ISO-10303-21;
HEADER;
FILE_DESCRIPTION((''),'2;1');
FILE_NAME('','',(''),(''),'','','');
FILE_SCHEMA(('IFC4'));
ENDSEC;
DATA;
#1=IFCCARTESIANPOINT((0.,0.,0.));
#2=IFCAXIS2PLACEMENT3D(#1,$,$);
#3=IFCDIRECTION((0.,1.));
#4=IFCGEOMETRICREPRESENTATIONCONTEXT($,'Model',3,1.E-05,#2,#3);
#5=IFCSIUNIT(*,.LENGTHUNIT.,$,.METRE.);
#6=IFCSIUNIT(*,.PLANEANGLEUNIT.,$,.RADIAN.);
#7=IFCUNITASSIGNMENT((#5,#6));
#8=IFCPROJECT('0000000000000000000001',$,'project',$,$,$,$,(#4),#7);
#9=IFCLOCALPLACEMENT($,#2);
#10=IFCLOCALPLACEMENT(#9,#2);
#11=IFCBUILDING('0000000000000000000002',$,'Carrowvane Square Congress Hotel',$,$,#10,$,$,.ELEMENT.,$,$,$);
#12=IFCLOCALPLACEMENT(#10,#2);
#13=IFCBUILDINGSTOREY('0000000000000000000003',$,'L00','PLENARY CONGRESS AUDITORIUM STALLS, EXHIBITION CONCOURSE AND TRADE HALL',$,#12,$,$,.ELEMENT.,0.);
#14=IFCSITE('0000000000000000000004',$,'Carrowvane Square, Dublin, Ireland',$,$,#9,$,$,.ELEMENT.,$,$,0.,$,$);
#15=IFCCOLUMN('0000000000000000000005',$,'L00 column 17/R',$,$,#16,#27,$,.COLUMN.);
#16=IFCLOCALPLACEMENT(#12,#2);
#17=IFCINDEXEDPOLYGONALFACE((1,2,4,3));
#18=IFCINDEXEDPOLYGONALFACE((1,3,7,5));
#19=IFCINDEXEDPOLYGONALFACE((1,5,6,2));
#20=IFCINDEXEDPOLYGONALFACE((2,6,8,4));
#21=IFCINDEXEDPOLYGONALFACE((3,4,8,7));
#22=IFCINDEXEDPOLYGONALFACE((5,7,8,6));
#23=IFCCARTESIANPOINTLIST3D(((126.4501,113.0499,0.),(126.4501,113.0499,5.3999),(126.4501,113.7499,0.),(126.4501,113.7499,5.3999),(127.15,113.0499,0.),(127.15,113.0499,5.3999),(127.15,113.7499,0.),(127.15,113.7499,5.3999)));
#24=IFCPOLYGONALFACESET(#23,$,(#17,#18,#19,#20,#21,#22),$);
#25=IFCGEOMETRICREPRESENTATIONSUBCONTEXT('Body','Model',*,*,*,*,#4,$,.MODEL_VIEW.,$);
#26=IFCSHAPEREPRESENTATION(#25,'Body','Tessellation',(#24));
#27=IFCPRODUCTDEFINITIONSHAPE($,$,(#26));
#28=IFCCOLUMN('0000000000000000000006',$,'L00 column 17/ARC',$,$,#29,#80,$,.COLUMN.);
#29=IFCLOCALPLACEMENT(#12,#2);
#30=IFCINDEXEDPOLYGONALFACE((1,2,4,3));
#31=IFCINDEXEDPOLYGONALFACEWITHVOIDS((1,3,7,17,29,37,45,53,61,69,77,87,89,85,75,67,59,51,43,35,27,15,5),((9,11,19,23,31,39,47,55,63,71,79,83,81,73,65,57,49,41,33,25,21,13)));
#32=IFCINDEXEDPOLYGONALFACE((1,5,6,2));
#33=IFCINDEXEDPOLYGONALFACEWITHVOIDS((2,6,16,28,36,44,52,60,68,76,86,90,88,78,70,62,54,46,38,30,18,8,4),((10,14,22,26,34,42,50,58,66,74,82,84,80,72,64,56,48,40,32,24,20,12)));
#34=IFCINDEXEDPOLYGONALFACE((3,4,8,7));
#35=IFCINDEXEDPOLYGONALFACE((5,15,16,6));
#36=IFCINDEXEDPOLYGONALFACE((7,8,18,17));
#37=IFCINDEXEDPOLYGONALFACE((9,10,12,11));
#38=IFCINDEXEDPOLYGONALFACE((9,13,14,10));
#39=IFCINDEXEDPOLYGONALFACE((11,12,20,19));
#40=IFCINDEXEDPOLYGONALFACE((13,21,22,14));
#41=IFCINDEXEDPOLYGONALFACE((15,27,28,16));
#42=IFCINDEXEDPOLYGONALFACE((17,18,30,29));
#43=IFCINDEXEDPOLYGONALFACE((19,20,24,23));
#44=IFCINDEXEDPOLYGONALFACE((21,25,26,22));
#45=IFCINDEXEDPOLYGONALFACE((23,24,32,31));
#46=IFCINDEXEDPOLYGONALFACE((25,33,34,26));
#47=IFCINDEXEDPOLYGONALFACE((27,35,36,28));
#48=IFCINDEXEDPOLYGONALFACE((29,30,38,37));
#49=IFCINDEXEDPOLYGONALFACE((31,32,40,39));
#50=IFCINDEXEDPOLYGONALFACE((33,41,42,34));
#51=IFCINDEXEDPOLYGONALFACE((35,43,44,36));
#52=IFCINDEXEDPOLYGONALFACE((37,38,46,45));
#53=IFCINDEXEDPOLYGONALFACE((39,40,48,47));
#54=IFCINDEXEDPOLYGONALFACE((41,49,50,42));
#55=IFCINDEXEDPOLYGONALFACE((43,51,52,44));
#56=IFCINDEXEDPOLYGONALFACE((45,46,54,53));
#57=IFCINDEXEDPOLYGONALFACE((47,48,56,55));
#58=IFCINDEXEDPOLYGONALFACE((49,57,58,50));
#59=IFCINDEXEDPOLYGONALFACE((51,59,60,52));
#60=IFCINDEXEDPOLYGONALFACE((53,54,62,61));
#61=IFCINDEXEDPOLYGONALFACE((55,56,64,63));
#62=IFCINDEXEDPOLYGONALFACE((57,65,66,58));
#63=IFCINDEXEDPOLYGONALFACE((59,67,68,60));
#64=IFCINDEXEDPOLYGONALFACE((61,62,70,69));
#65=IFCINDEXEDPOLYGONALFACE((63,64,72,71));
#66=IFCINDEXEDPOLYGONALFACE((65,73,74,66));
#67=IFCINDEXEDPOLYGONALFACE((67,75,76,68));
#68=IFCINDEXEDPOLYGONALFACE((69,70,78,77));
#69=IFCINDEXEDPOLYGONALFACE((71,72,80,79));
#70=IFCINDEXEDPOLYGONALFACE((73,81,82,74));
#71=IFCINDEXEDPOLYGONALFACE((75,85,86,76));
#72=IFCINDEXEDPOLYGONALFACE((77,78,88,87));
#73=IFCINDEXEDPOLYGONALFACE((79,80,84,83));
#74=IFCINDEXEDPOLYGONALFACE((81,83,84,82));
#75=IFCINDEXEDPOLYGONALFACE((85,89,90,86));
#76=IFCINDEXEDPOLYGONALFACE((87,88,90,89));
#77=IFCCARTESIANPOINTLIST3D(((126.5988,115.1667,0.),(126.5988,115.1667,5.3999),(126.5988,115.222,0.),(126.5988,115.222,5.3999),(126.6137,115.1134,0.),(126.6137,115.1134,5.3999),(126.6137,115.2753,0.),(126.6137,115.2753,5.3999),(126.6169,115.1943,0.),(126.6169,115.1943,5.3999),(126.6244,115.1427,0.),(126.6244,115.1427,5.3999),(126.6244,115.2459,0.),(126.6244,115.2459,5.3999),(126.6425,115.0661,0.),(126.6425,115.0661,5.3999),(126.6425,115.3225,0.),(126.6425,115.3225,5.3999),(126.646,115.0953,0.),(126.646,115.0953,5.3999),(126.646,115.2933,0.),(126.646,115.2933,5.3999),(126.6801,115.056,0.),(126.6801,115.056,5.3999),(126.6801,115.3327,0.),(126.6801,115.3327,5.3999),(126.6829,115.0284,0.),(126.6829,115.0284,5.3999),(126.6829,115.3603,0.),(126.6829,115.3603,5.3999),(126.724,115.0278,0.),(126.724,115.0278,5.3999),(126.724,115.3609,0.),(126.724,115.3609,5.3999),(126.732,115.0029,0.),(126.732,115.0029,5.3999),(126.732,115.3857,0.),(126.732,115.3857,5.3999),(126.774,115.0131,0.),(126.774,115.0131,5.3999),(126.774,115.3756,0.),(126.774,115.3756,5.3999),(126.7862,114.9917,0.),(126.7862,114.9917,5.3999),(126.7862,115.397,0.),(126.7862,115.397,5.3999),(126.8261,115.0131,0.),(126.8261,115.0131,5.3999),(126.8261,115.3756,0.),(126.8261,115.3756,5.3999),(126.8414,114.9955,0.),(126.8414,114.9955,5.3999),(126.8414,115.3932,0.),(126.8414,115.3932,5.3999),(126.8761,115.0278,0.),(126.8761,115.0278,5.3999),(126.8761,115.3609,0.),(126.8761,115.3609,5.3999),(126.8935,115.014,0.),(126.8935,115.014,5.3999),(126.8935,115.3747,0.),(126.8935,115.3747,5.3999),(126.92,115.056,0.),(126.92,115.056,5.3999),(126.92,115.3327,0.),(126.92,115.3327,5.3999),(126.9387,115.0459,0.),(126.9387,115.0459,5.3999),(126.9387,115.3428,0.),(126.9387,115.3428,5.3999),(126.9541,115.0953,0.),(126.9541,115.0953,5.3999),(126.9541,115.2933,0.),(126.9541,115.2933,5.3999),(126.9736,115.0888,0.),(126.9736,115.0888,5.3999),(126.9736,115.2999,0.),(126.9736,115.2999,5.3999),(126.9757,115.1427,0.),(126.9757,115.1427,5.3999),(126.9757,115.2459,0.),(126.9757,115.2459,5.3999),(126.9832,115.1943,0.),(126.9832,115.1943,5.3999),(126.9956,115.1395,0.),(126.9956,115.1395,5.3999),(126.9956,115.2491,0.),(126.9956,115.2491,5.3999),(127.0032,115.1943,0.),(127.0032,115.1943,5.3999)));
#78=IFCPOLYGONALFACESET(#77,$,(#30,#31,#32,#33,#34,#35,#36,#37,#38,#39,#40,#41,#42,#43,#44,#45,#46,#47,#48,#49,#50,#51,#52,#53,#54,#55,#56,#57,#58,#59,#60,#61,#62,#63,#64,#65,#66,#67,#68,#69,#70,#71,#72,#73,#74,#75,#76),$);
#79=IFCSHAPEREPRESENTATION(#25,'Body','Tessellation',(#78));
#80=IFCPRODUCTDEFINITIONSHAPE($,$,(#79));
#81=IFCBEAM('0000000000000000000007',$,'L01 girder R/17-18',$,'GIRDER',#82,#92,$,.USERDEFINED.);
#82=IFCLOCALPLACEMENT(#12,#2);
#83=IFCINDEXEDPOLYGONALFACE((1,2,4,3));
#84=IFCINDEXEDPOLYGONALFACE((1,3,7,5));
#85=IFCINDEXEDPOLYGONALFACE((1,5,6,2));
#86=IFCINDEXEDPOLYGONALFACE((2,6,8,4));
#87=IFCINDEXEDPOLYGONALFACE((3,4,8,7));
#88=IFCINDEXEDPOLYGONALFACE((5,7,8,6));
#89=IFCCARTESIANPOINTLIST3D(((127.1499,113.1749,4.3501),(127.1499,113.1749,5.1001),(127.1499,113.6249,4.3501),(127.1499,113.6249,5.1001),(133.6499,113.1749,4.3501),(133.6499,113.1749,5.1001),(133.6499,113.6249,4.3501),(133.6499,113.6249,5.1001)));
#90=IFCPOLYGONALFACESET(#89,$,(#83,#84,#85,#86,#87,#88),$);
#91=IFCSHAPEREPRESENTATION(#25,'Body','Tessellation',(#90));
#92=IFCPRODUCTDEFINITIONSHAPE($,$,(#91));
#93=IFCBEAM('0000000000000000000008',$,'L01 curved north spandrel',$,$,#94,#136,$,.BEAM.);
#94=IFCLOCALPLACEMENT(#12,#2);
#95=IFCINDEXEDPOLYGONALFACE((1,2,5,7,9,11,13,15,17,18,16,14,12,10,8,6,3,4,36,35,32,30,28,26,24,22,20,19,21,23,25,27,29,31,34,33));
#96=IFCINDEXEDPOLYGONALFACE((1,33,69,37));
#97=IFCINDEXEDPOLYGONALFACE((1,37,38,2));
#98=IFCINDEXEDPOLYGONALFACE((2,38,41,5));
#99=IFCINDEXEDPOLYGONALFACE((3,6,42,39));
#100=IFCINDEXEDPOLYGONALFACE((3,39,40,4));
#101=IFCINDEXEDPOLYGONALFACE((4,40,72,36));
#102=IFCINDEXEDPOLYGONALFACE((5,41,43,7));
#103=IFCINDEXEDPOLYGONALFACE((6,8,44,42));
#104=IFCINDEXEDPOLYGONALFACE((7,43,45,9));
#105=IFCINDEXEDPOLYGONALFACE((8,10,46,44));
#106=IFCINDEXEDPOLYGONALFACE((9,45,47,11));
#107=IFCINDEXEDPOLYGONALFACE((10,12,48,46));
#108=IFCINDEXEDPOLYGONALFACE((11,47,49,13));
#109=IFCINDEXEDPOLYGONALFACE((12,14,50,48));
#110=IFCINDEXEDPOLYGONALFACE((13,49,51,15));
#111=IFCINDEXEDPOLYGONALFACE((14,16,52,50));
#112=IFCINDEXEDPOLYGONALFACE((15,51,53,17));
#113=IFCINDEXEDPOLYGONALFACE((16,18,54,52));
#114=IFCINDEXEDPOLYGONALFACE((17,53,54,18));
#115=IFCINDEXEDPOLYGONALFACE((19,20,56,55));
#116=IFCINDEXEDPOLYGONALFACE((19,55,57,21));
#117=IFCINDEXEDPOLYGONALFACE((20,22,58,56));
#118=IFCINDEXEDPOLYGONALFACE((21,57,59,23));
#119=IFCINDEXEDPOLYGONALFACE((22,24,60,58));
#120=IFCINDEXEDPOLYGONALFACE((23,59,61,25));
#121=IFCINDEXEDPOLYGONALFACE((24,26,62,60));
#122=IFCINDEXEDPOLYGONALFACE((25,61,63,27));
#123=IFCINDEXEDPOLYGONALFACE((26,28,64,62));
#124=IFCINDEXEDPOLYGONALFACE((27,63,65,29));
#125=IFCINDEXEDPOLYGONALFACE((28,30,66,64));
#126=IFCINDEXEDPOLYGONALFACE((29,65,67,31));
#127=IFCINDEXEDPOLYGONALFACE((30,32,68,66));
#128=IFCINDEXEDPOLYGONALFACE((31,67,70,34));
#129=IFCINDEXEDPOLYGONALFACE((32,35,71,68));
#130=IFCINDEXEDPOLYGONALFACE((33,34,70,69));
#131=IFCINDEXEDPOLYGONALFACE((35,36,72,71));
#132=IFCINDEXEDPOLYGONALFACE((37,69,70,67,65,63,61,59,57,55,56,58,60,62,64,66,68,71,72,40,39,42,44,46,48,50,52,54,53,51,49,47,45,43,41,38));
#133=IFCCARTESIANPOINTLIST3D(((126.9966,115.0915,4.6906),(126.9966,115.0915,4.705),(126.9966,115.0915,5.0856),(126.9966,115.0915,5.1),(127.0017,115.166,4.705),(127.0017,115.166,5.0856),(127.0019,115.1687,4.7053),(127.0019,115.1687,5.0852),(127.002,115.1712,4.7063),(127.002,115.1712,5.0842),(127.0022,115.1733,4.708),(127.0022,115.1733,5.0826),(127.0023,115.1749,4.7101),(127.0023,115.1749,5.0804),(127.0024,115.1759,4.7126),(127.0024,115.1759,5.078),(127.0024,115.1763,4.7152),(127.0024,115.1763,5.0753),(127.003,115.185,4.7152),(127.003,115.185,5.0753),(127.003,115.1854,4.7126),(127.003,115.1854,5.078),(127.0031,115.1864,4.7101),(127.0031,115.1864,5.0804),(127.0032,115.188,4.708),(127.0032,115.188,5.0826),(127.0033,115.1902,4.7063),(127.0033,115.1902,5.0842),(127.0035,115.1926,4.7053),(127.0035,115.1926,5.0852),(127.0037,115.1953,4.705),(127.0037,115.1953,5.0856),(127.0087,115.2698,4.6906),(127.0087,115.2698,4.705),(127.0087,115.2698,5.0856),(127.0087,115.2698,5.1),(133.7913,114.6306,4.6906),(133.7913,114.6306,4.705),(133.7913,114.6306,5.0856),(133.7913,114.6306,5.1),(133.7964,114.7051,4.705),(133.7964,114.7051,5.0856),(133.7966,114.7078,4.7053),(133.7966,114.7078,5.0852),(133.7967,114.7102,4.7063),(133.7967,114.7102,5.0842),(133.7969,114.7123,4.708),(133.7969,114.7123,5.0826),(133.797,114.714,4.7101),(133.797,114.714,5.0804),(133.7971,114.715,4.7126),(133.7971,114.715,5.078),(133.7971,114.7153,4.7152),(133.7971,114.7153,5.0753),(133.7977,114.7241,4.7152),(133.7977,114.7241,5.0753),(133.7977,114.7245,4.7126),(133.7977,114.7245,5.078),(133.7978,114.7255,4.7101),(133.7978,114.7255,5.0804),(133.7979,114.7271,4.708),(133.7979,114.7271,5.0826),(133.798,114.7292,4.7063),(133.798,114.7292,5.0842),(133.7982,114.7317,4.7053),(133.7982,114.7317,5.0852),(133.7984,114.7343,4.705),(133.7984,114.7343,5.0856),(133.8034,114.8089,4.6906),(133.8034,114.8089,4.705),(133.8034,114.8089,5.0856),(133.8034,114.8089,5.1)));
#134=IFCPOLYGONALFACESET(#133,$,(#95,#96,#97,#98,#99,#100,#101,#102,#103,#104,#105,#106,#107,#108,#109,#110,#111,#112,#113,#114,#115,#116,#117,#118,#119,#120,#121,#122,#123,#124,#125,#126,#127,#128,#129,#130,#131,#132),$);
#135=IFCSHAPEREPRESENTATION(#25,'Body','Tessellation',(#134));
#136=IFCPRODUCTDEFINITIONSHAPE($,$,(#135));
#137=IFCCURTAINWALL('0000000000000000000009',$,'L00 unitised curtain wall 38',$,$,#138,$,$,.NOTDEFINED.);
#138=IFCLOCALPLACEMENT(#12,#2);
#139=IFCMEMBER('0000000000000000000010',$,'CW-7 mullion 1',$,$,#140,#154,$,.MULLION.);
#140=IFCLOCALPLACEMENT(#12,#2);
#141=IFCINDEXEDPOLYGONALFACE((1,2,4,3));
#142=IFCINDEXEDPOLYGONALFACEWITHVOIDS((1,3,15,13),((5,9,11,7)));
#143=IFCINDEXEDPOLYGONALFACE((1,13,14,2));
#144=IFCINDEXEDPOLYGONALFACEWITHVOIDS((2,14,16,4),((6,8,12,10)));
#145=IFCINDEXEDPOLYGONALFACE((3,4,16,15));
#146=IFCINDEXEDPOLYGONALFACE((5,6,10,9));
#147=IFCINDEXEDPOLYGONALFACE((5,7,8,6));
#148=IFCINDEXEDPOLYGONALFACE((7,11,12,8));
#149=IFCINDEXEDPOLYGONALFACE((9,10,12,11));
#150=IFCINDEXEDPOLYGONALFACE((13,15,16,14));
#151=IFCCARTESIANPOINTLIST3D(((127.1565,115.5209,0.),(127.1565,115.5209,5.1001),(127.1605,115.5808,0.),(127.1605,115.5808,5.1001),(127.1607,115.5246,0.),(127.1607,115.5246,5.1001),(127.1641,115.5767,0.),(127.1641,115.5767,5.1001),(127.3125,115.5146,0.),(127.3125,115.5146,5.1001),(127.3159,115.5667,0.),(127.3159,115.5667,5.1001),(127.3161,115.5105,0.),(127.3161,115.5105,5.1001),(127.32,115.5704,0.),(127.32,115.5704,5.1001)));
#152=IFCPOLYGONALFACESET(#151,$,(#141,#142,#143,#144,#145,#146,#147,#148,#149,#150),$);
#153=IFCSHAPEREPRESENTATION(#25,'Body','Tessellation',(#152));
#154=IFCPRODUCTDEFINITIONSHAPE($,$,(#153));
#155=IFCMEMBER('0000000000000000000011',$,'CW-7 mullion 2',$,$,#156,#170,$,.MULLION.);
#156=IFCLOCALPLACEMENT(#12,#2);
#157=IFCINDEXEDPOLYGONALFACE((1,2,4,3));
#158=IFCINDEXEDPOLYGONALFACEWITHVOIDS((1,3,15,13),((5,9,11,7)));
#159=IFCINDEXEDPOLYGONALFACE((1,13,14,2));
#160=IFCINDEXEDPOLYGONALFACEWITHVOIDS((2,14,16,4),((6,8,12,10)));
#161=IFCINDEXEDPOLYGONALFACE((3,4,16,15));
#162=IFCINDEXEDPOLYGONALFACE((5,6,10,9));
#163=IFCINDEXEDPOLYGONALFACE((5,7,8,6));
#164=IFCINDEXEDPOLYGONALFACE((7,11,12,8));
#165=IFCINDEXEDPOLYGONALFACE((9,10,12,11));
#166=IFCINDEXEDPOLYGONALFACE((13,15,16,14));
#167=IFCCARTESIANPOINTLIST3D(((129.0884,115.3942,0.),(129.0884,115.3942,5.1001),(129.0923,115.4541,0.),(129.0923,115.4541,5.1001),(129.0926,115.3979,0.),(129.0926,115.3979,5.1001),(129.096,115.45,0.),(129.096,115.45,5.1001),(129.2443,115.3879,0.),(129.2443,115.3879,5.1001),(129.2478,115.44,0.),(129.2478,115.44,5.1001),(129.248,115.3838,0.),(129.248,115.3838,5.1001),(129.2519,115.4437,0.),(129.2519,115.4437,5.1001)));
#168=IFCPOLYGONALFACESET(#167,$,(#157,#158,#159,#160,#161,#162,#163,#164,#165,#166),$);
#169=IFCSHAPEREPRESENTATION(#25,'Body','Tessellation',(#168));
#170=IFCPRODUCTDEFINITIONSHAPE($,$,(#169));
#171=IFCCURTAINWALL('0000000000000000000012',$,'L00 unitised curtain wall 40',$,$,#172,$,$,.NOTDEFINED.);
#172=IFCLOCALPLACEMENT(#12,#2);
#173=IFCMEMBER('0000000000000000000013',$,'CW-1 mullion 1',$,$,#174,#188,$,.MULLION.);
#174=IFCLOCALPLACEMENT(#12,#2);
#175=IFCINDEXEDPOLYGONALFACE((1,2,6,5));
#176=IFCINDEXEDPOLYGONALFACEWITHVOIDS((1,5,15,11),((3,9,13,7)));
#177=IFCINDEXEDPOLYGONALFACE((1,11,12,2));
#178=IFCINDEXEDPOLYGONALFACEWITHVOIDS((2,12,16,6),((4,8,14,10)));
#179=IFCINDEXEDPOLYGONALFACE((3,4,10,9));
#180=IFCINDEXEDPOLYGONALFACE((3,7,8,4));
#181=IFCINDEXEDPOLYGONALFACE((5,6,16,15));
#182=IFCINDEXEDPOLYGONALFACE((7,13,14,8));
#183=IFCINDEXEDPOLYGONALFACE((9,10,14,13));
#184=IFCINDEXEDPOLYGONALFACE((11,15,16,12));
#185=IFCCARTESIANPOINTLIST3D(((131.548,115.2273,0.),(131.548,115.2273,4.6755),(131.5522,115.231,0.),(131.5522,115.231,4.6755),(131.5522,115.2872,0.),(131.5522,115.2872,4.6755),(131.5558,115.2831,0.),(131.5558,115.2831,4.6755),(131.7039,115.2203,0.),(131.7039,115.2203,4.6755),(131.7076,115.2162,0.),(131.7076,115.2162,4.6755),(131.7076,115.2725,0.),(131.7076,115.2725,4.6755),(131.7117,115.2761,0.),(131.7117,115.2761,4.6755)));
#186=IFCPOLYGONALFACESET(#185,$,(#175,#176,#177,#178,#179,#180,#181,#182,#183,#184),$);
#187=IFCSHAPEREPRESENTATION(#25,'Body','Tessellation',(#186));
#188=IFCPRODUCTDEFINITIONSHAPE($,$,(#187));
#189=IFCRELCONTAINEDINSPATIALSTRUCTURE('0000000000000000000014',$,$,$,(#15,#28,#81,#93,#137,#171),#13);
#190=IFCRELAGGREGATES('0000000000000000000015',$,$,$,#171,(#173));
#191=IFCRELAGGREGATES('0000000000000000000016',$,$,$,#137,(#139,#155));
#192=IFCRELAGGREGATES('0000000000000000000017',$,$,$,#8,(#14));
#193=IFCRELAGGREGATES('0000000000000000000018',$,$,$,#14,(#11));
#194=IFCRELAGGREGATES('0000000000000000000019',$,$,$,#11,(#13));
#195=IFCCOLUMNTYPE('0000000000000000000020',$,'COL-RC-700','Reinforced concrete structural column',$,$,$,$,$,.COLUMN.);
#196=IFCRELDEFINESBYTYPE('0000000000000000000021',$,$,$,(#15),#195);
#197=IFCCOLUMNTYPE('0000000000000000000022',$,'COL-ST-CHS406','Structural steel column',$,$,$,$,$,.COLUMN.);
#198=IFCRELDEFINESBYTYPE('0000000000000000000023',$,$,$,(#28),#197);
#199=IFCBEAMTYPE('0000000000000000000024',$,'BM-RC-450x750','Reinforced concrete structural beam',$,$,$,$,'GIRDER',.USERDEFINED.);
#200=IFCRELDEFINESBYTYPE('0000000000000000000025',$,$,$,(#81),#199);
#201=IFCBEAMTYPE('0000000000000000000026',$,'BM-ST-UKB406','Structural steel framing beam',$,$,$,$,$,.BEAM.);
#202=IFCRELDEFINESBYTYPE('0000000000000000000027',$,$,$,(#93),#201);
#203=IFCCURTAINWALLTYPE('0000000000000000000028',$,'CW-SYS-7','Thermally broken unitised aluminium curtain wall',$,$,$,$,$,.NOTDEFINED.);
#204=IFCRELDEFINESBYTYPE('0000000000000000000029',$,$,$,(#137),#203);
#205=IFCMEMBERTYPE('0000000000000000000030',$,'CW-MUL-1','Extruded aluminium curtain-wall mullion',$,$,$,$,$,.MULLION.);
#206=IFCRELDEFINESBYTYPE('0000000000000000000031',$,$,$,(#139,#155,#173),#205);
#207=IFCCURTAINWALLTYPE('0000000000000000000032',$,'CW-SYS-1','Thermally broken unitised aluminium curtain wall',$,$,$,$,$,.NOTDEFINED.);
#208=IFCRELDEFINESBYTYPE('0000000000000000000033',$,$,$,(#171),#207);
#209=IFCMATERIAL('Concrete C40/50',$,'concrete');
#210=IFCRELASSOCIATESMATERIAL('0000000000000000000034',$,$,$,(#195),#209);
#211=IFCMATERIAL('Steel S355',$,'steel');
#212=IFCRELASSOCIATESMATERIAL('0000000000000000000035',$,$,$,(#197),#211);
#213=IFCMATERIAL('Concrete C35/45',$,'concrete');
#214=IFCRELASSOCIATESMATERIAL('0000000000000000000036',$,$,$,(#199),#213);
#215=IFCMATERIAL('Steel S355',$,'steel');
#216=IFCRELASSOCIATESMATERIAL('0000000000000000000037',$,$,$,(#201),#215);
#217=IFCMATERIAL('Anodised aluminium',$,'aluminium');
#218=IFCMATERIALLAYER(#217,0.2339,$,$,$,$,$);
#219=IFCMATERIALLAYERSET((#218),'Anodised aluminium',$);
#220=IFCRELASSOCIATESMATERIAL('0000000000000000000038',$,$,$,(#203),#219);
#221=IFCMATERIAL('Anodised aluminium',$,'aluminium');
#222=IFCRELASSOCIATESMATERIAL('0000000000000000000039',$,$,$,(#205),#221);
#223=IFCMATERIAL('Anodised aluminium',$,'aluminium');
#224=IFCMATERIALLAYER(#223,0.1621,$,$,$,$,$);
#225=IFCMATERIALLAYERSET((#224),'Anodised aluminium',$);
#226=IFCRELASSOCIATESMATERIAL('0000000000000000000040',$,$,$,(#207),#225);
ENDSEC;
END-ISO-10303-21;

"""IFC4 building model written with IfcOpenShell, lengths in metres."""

from ifc_helpers import new_model, si_unit, direction, frame, origin, origin_2d, place, context, subcontext, project, spatial, rectangle, hollow_rectangle, hollow_circle, i_section, extrude, material, layer, layer_set, material_profile, profile_set, type_object, element, aggregate, save


model = new_model("IFC4")

# Units and contexts
model_context = context("Model", 3, precision=1e-05, world=origin(), true_north=direction((0.0, 1.0)))
body_context = subcontext(model_context, "Body", "Model", "MODEL_VIEW")
ifc_project = project(units=[si_unit("LENGTHUNIT", "METRE"), si_unit("PLANEANGLEUNIT", "RADIAN")], contexts=[model_context])

# Site, building, storey
site_placement = place(None, origin())
site = spatial("IfcSite", under=ifc_project, at=site_placement, Name="Carrowvane Square, Dublin, Ireland", CompositionType="ELEMENT", RefElevation=0.0)
building_placement = place(site_placement, origin())
building = spatial("IfcBuilding", under=site, at=building_placement, Name="Carrowvane Square Congress Hotel", CompositionType="ELEMENT")
storey_placement = place(building_placement, origin())
storey = spatial("IfcBuildingStorey", under=building, at=storey_placement, Name="L00", Description="PLENARY CONGRESS AUDITORIUM STALLS, EXHIBITION CONCOURSE AND TRADE HALL", CompositionType="ELEMENT", Elevation=0.0)

# Columns
ifc_material_1 = material(Name="Concrete C40/50", Category="concrete")
ifc_material_profile_1 = material_profile(ifc_material_1, rectangle(XDim=0.7, YDim=0.7, at=origin_2d()), Name="RC 700x700")
ifc_profile_set_1 = profile_set([ifc_material_profile_1], Name="Concrete C40/50")
column_type_1 = type_object("IfcColumnType", Name="COL-RC-700", Description="Reinforced concrete structural column", PredefinedType="COLUMN", material=ifc_profile_set_1)
column_1_placement = place(storey_placement, frame((126.8, 113.3999, 0.0), z_axis=(0.0, 0.0, 1.0), x_axis=(1.0, 0.0, 0.0)))
element("IfcColumn", 1, at=column_1_placement, inside=storey, type_object=column_type_1, Name="L00 column 17/R", PredefinedType="COLUMN", context=body_context, shape_type="SweptSolid", body=[
    extrude(rectangle(XDim=0.7, YDim=0.7, at=origin_2d()), origin(), (0.0, 0.0, 1.0), 5.3999),
])
ifc_material_2 = material(Name="Steel S355", Category="steel")
ifc_material_profile_2 = material_profile(ifc_material_2, hollow_circle(Radius=0.2031, WallThickness=0.02, at=origin_2d()), Name="CHS 406.4x20")
ifc_profile_set_2 = profile_set([ifc_material_profile_2], Name="Steel S355")
column_type_2 = type_object("IfcColumnType", Name="COL-ST-CHS406", Description="Structural steel column", PredefinedType="COLUMN", material=ifc_profile_set_2)
column_2_placement = place(storey_placement, frame((126.8, 115.1943, 0.0), z_axis=(0.0, 0.0, 1.0), x_axis=(1.0, 0.0, 0.0)))
element("IfcColumn", 2, at=column_2_placement, inside=storey, type_object=column_type_2, Name="L00 column 17/ARC", PredefinedType="COLUMN", context=body_context, shape_type="SweptSolid", body=[
    extrude(hollow_circle(Radius=0.2031, WallThickness=0.02, at=origin_2d()), origin(), (0.0, 0.0, 1.0), 5.3999),
])

# Beams
ifc_material_3 = material(Name="Concrete C35/45", Category="concrete")
ifc_material_profile_3 = material_profile(ifc_material_3, rectangle(XDim=0.45, YDim=0.75, at=origin_2d()), Name="RC 450x750")
ifc_profile_set_3 = profile_set([ifc_material_profile_3], Name="Concrete C35/45")
beam_type_1 = type_object("IfcBeamType", Name="BM-RC-450x750", Description="Reinforced concrete structural beam", ElementType="GIRDER", PredefinedType="USERDEFINED", material=ifc_profile_set_3)
beam_1_placement = place(storey_placement, frame((127.1499, 113.3999, 4.7251), z_axis=(1.0, 0.0, 0.0), x_axis=(0.0, 1.0, 0.0)))
element("IfcBeam", 3, at=beam_1_placement, inside=storey, type_object=beam_type_1, Name="L01 girder R/17-18", ObjectType="GIRDER", PredefinedType="USERDEFINED", context=body_context, shape_type="SweptSolid", body=[
    extrude(rectangle(XDim=0.45, YDim=0.75, at=origin_2d()), origin(), (0.0, 0.0, 1.0), 6.5),
])
ifc_material_4 = material(Name="Steel S355", Category="steel")
ifc_material_profile_4 = material_profile(ifc_material_4, i_section(OverallWidth=0.1787, OverallDepth=0.4094, WebThickness=0.0088, FlangeThickness=0.0144, FilletRadius=0.0103, at=origin_2d()), Name="UKB 406x178x67")
ifc_profile_set_4 = profile_set([ifc_material_profile_4], Name="Steel S355")
beam_type_2 = type_object("IfcBeamType", Name="BM-ST-UKB406", Description="Structural steel framing beam", PredefinedType="BEAM", material=ifc_profile_set_4)
beam_2_placement = place(storey_placement, frame((127.0027, 115.1807, 4.8953), z_axis=(0.997707, -0.067682, 0.0), x_axis=(0.067682, 0.997707, 0.0)))
element("IfcBeam", 4, at=beam_2_placement, inside=storey, type_object=beam_type_2, Name="L01 curved north spandrel", PredefinedType="BEAM", context=body_context, shape_type="SweptSolid", body=[
    extrude(i_section(OverallWidth=0.1787, OverallDepth=0.4094, WebThickness=0.0088, FlangeThickness=0.0144, FilletRadius=0.0103, at=origin_2d()), origin(), (0.0, 0.0, 1.0), 6.8103),
])

# Curtain wall, members
ifc_material_5 = material(Name="Anodised aluminium", Category="aluminium")
ifc_layer_1 = layer(ifc_material_5, 0.2339)
ifc_layer_set_1 = layer_set([ifc_layer_1], Name="Anodised aluminium")
curtain_wall_type_1 = type_object("IfcCurtainWallType", Name="CW-SYS-7", Description="Thermally broken unitised aluminium curtain wall", PredefinedType="NOTDEFINED", material=ifc_layer_set_1)
curtain_wall_1_placement = place(storey_placement, origin())
curtain_wall_1 = element("IfcCurtainWall", 5, at=curtain_wall_1_placement, inside=storey, type_object=curtain_wall_type_1, Name="L00 unitised curtain wall 38", PredefinedType="NOTDEFINED")
ifc_material_6 = material(Name="Anodised aluminium", Category="aluminium")
ifc_material_profile_5 = material_profile(ifc_material_6, hollow_rectangle(XDim=0.0601, YDim=0.1599, WallThickness=0.0039, at=origin_2d()), Name="CW-ML 60x160x4")
ifc_profile_set_5 = profile_set([ifc_material_profile_5], Name="Anodised aluminium")
member_type_1 = type_object("IfcMemberType", Name="CW-MUL-1", Description="Extruded aluminium curtain-wall mullion", PredefinedType="MULLION", material=ifc_profile_set_5)
member_1_placement = place(storey_placement, frame((127.2383, 115.5457, 0.0), z_axis=(0.0, 0.0, 1.0), x_axis=(0.065414, 0.997858, 0.0)))
member_1 = element("IfcMember", 6, at=member_1_placement, type_object=member_type_1, Name="CW-7 mullion 1", PredefinedType="MULLION", context=body_context, shape_type="SweptSolid", body=[
    extrude(hollow_rectangle(XDim=0.0601, YDim=0.1599, WallThickness=0.0039, at=origin_2d()), origin(), (0.0, 0.0, 1.0), 5.1001),
])
member_2_placement = place(storey_placement, frame((129.1702, 115.4189, 0.0), z_axis=(0.0, 0.0, 1.0), x_axis=(0.065414, 0.997858, 0.0)))
member_2 = element("IfcMember", 7, at=member_2_placement, type_object=member_type_1, Name="CW-7 mullion 2", PredefinedType="MULLION", context=body_context, shape_type="SweptSolid", body=[
    extrude(hollow_rectangle(XDim=0.0601, YDim=0.1599, WallThickness=0.0039, at=origin_2d()), origin(), (0.0, 0.0, 1.0), 5.1001),
])

# Curtain wall, member
ifc_material_7 = material(Name="Anodised aluminium", Category="aluminium")
ifc_layer_2 = layer(ifc_material_7, 0.1621)
ifc_layer_set_2 = layer_set([ifc_layer_2], Name="Anodised aluminium")
curtain_wall_type_2 = type_object("IfcCurtainWallType", Name="CW-SYS-1", Description="Thermally broken unitised aluminium curtain wall", PredefinedType="NOTDEFINED", material=ifc_layer_set_2)
curtain_wall_2_placement = place(storey_placement, origin())
curtain_wall_2 = element("IfcCurtainWall", 8, at=curtain_wall_2_placement, inside=storey, type_object=curtain_wall_type_2, Name="L00 unitised curtain wall 40", PredefinedType="NOTDEFINED")
member_3_placement = place(storey_placement, frame((131.6299, 115.2517, 0.0), z_axis=(0.0, 0.0, 1.0), x_axis=(0.069727, 0.997566, 0.0)))
member_3 = element("IfcMember", 9, at=member_3_placement, type_object=member_type_1, Name="CW-1 mullion 1", PredefinedType="MULLION", context=body_context, shape_type="SweptSolid", body=[
    extrude(hollow_rectangle(XDim=0.0601, YDim=0.1599, WallThickness=0.0039, at=origin_2d()), origin(), (0.0, 0.0, 1.0), 4.6755),
])

aggregate(curtain_wall_2, [member_3])

aggregate(curtain_wall_1, [member_1, member_2])

save(model, "model.ifc")
